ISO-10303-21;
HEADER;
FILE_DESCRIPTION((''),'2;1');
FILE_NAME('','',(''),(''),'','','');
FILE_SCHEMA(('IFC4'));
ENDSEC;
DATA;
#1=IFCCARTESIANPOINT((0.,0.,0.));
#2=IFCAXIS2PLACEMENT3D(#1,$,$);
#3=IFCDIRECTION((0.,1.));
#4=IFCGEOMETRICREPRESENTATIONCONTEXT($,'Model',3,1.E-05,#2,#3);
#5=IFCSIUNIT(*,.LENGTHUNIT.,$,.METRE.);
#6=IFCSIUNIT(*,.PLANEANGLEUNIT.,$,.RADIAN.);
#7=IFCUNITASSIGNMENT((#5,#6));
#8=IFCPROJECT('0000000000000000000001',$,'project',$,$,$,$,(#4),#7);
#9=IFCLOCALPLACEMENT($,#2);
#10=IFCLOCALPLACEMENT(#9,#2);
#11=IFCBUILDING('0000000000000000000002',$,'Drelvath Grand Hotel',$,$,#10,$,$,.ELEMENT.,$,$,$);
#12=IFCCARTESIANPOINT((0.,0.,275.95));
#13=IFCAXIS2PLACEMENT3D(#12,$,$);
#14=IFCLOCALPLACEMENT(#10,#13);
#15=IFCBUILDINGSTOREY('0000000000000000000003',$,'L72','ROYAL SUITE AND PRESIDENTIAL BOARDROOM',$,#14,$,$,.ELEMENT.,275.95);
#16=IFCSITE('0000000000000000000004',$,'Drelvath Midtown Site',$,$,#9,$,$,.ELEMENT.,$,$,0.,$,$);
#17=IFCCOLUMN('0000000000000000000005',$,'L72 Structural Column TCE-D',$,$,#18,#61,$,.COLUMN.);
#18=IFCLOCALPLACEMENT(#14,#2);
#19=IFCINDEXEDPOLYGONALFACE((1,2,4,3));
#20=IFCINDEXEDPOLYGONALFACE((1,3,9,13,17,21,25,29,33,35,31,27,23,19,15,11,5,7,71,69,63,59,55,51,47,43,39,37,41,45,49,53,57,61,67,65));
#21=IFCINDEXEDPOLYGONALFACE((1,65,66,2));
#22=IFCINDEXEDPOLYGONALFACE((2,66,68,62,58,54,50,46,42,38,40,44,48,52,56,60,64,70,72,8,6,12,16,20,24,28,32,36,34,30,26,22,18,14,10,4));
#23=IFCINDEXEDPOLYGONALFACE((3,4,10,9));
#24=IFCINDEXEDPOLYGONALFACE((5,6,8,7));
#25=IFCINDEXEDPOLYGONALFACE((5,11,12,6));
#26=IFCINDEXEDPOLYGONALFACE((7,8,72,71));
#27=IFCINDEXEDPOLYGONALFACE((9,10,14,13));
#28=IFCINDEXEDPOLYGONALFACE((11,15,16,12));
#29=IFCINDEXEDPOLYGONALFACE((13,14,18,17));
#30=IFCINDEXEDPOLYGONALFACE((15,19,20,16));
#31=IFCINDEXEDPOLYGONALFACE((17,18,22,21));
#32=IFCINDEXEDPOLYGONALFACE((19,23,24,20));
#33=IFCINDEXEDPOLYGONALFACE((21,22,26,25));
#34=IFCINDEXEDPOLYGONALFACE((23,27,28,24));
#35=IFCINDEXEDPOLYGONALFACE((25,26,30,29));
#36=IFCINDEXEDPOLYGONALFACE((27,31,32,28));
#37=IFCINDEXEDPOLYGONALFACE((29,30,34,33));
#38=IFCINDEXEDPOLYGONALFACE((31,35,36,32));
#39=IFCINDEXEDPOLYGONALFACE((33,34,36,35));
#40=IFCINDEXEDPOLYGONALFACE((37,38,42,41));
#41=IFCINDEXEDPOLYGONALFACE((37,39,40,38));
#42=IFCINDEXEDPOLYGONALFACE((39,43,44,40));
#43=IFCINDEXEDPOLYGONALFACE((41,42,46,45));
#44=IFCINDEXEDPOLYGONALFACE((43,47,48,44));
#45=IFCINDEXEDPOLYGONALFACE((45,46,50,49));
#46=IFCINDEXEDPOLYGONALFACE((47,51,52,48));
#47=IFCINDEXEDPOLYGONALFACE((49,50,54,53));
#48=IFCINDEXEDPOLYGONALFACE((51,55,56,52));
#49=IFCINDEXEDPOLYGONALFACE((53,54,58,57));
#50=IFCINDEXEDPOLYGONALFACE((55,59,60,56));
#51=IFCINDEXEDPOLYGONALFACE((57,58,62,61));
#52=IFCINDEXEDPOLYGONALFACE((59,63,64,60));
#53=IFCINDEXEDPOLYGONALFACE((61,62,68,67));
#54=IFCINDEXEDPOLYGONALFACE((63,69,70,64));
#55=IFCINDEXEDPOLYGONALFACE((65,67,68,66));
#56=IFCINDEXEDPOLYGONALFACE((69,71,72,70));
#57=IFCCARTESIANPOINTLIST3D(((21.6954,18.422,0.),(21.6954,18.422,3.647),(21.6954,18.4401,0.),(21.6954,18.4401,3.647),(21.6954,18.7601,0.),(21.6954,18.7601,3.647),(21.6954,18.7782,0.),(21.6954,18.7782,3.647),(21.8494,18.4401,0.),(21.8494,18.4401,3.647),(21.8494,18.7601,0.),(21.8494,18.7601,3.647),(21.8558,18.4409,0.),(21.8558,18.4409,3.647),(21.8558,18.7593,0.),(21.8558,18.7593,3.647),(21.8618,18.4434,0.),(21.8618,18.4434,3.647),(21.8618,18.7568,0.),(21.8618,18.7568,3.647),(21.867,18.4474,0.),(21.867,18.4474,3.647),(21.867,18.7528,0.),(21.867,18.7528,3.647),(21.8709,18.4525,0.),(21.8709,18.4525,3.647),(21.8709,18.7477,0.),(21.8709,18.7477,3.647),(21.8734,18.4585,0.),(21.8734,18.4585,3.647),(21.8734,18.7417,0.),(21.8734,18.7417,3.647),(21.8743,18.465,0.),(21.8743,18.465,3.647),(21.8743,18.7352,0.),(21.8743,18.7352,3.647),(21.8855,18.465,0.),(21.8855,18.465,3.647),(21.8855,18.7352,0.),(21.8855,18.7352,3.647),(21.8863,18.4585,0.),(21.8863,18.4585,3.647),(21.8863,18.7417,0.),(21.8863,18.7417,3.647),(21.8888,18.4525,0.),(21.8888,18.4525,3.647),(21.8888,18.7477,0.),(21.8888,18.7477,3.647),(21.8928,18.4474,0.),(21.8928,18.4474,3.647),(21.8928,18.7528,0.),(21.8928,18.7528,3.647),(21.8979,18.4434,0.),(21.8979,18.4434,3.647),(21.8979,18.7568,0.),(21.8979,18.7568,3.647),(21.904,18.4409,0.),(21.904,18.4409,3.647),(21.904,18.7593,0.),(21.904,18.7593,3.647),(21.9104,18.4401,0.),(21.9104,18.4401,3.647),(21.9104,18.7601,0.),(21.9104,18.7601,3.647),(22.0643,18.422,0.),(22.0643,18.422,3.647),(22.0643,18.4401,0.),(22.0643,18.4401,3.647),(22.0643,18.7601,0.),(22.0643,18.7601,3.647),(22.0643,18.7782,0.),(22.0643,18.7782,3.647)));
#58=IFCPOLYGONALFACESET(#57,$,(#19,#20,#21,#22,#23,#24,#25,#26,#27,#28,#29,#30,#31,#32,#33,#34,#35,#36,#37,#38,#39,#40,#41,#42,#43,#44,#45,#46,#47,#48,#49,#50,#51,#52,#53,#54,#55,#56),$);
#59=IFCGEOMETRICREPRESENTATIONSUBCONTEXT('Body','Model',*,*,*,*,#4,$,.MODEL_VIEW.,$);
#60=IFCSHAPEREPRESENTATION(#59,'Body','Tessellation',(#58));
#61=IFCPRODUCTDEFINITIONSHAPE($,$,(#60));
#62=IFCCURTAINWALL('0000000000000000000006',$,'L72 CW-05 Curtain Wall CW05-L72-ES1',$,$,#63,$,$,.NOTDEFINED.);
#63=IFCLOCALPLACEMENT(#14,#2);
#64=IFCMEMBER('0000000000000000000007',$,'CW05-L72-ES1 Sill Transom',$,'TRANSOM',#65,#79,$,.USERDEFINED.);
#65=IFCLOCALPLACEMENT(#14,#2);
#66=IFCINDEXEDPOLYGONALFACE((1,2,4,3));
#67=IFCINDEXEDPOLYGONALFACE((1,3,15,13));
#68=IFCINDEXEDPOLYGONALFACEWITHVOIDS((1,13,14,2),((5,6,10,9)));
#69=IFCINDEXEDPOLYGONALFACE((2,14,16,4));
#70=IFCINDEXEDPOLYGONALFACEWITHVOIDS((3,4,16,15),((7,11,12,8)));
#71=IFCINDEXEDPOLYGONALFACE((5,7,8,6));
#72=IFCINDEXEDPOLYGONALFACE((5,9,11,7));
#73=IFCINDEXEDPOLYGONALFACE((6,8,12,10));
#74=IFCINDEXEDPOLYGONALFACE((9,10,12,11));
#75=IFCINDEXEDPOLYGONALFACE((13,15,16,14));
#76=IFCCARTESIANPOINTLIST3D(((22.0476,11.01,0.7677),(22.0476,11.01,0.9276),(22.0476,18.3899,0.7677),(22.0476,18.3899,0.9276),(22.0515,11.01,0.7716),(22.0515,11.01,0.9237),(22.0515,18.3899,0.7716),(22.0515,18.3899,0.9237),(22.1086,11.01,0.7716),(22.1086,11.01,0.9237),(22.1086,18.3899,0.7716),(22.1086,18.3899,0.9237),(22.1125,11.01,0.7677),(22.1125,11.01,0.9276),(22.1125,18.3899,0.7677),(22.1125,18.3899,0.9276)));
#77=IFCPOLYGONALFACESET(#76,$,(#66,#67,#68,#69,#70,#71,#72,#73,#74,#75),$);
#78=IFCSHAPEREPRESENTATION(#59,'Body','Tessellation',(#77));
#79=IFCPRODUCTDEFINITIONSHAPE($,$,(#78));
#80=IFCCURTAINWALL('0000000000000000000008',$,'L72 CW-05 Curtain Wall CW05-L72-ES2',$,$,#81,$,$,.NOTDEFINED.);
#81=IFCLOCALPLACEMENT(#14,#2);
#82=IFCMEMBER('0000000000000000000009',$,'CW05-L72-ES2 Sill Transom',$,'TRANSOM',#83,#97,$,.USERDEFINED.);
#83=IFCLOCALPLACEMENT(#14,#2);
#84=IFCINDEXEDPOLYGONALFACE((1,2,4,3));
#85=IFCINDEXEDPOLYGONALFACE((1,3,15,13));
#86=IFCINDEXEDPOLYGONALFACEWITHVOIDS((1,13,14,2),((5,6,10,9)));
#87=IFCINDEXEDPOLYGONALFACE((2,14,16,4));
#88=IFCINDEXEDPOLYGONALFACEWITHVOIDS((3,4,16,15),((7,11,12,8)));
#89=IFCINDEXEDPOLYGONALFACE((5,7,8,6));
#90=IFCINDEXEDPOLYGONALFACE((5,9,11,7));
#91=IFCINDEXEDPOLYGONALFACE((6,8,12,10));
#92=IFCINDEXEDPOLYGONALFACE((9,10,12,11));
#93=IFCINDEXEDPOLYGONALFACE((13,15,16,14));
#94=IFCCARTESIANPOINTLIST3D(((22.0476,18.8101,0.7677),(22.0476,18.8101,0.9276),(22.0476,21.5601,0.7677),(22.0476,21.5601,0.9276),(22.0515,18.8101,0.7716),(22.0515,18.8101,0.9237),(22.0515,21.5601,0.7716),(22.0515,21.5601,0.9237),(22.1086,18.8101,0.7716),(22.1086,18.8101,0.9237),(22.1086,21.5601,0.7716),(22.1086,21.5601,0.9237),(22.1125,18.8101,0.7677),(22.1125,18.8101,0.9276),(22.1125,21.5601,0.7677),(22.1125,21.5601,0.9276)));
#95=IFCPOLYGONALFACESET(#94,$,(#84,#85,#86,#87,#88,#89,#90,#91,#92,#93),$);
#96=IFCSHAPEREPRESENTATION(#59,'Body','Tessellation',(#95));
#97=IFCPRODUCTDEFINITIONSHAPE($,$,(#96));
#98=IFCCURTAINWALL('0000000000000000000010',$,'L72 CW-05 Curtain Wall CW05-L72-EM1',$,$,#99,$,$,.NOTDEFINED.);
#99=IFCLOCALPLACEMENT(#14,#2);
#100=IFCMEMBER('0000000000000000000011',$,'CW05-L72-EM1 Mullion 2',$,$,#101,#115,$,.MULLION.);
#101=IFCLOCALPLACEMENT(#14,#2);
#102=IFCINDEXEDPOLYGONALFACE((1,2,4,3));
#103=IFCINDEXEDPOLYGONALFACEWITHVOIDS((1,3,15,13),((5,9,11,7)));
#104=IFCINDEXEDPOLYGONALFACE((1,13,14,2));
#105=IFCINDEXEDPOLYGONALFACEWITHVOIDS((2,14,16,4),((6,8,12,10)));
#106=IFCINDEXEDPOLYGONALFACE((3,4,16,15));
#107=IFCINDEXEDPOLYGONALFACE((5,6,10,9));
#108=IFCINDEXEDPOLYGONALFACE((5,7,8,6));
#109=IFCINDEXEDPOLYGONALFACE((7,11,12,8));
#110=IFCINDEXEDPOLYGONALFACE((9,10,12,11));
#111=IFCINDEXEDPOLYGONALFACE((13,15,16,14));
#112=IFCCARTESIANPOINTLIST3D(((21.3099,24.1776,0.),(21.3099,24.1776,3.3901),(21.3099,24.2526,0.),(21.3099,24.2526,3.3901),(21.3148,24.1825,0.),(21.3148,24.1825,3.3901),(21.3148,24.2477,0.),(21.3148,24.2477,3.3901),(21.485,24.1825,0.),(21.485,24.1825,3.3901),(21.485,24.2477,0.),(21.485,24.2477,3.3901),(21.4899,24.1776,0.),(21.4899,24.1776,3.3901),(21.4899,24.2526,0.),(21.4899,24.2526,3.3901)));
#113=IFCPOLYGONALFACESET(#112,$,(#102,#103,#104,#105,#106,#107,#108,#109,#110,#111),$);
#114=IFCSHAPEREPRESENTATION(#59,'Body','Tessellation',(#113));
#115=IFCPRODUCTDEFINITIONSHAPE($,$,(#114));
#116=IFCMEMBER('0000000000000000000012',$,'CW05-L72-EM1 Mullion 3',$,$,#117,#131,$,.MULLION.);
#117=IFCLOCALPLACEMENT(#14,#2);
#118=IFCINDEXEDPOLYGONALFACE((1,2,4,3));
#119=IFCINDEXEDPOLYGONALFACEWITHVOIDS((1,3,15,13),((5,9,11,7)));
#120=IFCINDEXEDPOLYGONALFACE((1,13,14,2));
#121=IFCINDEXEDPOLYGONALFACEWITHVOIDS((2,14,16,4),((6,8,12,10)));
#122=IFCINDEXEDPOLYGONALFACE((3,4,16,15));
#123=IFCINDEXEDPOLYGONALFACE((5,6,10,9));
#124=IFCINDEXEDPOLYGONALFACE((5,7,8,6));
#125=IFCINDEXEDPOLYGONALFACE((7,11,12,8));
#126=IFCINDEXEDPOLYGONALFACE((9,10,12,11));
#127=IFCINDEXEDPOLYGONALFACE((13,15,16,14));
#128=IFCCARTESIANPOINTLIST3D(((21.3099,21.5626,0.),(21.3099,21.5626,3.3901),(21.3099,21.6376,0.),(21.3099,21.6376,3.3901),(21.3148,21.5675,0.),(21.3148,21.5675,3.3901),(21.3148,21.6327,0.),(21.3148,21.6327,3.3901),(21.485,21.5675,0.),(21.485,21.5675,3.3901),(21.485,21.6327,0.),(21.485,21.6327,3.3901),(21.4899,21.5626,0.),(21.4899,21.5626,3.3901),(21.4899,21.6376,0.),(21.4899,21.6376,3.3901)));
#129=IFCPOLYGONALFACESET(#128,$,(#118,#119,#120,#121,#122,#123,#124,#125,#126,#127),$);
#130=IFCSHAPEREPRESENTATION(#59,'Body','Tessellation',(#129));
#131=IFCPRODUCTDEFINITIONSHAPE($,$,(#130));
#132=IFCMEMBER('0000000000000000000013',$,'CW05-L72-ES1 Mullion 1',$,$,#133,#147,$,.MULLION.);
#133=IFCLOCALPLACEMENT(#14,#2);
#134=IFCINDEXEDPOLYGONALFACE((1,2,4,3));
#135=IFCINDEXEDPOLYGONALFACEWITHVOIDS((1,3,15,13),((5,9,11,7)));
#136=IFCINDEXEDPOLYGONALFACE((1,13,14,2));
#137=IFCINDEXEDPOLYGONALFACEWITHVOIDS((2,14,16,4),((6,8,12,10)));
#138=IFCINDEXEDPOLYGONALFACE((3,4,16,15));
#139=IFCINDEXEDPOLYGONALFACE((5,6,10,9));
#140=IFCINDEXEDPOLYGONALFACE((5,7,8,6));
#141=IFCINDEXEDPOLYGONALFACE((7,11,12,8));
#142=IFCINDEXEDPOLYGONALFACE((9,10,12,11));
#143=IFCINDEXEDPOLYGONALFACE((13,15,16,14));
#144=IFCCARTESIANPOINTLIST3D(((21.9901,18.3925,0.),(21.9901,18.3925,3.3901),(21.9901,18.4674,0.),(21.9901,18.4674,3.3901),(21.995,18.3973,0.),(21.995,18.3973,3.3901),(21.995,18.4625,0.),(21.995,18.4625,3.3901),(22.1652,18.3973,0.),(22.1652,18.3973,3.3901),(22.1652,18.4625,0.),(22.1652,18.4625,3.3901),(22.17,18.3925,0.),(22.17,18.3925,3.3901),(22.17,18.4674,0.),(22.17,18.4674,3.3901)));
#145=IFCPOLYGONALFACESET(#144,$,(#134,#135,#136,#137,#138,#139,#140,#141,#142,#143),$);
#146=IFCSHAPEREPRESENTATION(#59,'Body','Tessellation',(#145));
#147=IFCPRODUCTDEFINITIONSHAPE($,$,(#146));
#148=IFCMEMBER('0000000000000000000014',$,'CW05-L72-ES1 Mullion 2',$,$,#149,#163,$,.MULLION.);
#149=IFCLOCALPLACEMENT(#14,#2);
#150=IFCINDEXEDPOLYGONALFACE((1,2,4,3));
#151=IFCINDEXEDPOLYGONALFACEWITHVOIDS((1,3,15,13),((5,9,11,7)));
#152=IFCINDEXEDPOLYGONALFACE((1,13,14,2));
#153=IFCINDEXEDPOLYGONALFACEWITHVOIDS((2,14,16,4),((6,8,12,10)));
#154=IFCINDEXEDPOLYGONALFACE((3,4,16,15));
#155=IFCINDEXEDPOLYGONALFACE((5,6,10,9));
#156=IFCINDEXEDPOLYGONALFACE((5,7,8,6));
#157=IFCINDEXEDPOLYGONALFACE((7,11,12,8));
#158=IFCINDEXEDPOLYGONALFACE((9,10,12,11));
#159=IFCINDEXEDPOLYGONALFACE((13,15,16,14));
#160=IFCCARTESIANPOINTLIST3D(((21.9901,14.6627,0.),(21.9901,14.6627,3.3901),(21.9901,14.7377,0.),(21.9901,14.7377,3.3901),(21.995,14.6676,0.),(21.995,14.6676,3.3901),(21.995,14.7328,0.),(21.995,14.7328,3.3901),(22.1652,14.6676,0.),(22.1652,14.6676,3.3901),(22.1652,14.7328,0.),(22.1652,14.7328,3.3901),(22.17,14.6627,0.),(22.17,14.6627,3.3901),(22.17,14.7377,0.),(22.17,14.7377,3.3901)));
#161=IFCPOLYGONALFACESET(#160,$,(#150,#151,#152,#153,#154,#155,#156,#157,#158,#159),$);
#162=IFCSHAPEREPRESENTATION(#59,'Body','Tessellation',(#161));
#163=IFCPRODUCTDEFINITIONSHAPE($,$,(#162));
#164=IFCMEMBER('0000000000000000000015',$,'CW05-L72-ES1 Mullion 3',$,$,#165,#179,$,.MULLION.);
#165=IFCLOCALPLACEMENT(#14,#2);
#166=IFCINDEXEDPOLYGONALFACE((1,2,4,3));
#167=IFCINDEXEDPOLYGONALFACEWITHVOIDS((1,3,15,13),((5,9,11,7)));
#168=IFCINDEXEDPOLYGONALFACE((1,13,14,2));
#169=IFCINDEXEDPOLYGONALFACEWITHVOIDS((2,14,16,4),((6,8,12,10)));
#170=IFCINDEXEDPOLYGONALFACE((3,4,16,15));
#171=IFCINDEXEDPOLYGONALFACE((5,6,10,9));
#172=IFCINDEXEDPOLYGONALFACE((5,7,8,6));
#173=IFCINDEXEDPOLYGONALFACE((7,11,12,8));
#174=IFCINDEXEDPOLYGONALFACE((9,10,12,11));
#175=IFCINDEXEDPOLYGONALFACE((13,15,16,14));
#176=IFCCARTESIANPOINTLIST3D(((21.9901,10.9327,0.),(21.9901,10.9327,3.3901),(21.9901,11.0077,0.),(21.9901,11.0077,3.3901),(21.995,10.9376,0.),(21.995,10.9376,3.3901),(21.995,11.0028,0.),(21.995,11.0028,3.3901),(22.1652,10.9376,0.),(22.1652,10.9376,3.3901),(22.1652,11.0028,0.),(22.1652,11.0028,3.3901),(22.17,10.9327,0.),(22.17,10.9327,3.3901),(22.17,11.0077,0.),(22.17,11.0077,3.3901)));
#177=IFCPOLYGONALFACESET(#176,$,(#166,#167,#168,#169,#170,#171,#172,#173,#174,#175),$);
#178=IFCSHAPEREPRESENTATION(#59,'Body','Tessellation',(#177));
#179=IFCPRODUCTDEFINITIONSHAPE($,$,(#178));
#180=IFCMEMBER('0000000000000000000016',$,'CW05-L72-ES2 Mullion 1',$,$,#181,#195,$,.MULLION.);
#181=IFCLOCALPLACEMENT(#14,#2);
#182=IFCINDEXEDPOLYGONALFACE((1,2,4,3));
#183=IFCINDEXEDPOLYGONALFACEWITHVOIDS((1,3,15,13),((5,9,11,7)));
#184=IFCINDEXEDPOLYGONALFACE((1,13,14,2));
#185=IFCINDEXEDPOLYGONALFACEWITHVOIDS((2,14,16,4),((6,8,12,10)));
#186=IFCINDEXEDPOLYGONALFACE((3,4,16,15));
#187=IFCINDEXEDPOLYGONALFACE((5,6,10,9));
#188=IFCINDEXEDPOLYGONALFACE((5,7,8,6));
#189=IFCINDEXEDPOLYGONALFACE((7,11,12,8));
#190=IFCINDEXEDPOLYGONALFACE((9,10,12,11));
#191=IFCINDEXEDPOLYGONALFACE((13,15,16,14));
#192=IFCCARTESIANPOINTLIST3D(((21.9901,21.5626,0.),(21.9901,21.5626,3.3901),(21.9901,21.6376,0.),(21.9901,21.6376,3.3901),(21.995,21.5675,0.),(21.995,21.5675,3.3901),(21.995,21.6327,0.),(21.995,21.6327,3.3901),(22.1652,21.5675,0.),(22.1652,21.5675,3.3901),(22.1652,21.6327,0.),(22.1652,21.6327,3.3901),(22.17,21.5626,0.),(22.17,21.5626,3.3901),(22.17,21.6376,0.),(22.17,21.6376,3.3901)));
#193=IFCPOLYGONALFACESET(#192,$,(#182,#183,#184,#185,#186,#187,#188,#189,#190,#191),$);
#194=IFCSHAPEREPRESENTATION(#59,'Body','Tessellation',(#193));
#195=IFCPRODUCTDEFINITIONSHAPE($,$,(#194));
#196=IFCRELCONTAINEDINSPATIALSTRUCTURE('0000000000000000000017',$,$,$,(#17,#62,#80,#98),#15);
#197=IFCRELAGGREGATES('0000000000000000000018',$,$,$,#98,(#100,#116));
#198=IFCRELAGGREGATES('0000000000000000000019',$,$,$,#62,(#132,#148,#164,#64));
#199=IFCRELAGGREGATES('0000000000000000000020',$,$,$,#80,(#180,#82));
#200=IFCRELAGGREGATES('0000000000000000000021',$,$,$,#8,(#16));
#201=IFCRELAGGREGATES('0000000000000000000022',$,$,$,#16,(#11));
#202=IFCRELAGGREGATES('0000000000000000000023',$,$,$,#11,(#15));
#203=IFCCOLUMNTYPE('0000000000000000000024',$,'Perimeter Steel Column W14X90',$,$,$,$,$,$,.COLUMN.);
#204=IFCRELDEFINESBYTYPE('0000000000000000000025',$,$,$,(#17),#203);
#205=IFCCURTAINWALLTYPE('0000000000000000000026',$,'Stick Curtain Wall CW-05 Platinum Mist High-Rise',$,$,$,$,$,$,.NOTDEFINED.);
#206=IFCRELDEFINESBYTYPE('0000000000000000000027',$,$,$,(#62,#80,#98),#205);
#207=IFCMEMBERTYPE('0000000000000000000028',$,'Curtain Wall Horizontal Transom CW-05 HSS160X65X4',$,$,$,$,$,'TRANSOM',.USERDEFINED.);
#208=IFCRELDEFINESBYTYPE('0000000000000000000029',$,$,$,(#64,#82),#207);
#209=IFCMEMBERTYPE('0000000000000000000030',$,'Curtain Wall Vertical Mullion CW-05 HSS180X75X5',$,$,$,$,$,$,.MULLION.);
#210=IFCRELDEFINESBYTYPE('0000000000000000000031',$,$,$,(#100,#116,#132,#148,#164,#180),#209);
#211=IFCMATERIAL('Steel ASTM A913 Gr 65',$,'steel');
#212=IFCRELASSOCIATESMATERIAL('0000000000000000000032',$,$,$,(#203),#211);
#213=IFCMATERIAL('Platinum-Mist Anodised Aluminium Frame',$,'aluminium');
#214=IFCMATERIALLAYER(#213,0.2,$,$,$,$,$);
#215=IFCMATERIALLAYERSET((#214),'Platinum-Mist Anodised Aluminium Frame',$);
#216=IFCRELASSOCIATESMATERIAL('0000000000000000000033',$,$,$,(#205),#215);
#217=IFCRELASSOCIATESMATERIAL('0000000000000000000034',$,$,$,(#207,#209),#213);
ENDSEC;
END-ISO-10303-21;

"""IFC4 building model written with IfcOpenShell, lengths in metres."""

from ifc_helpers import new_model, si_unit, direction, frame, origin, origin_2d, place, context, subcontext, project, spatial, hollow_rectangle, i_section, extrude, material, layer, layer_set, material_profile, profile_set, type_object, element, aggregate, save


model = new_model("IFC4")

# Units and contexts
model_context = context("Model", 3, precision=1e-05, world=origin(), true_north=direction((0.0, 1.0)))
body_context = subcontext(model_context, "Body", "Model", "MODEL_VIEW")
ifc_project = project(units=[si_unit("LENGTHUNIT", "METRE"), si_unit("PLANEANGLEUNIT", "RADIAN")], contexts=[model_context])

# Site, building, storey
site_placement = place(None, origin())
site = spatial("IfcSite", under=ifc_project, at=site_placement, Name="Drelvath Midtown Site", CompositionType="ELEMENT", RefElevation=0.0)
building_placement = place(site_placement, origin())
building = spatial("IfcBuilding", under=site, at=building_placement, Name="Drelvath Grand Hotel", CompositionType="ELEMENT")
storey_placement = place(building_placement, frame((0.0, 0.0, 275.95)))
storey = spatial("IfcBuildingStorey", under=building, at=storey_placement, Name="L72", Description="ROYAL SUITE AND PRESIDENTIAL BOARDROOM", CompositionType="ELEMENT", Elevation=275.95)

# Column
ifc_material_1 = material(Name="Steel ASTM A913 Gr 65", Category="steel")
ifc_material_profile_1 = material_profile(ifc_material_1, i_section(OverallWidth=0.3689, OverallDepth=0.3562, WebThickness=0.0112, FlangeThickness=0.0181, FilletRadius=0.0249, at=origin_2d()), Name="W14X90")
ifc_profile_set_1 = profile_set([ifc_material_profile_1], Name="Steel ASTM A913 Gr 65")
column_type = type_object("IfcColumnType", Name="Perimeter Steel Column W14X90", PredefinedType="COLUMN", material=ifc_profile_set_1)
column_placement = place(storey_placement, frame((21.8799, 18.6001, 0.0), z_axis=(0.0, 0.0, 1.0), x_axis=(1.0, 0.0, 0.0)))
element("IfcColumn", 1, at=column_placement, inside=storey, type_object=column_type, Name="L72 Structural Column TCE-D", PredefinedType="COLUMN", context=body_context, shape_type="SweptSolid", body=[
    extrude(i_section(OverallWidth=0.3689, OverallDepth=0.3562, WebThickness=0.0112, FlangeThickness=0.0181, FilletRadius=0.0249, at=origin_2d()), origin(), (0.0, 0.0, 1.0), 3.647),
])

# Curtain walls, members
ifc_material_2 = material(Name="Platinum-Mist Anodised Aluminium Frame", Category="aluminium")
ifc_layer_1 = layer(ifc_material_2, 0.2)
ifc_layer_set_1 = layer_set([ifc_layer_1], Name="Platinum-Mist Anodised Aluminium Frame")
curtain_wall_type = type_object("IfcCurtainWallType", Name="Stick Curtain Wall CW-05 Platinum Mist High-Rise", PredefinedType="NOTDEFINED", material=ifc_layer_set_1)
curtain_wall_1_placement = place(storey_placement, origin())
curtain_wall_1 = element("IfcCurtainWall", 2, at=curtain_wall_1_placement, inside=storey, type_object=curtain_wall_type, Name="L72 CW-05 Curtain Wall CW05-L72-ES1", PredefinedType="NOTDEFINED")
ifc_material_profile_2 = material_profile(ifc_material_2, hollow_rectangle(XDim=0.0649, YDim=0.1599, WallThickness=0.0039, at=origin_2d()), Name="HSS160X65X4")
ifc_profile_set_2 = profile_set([ifc_material_profile_2], Name="Platinum-Mist Anodised Aluminium Frame")
member_type_1 = type_object("IfcMemberType", Name="Curtain Wall Horizontal Transom CW-05 HSS160X65X4", ElementType="TRANSOM", PredefinedType="USERDEFINED", material=ifc_profile_set_2)
member_1_placement = place(storey_placement, frame((22.0801, 18.3899, 0.8477), z_axis=(0.0, -1.0, 0.0), x_axis=(1.0, 0.0, 0.0)))
member_1 = element("IfcMember", 3, at=member_1_placement, type_object=member_type_1, Name="CW05-L72-ES1 Sill Transom", ObjectType="TRANSOM", PredefinedType="USERDEFINED", context=body_context, shape_type="SweptSolid", body=[
    extrude(hollow_rectangle(XDim=0.0649, YDim=0.1599, WallThickness=0.0039, at=origin_2d()), origin(), (0.0, 0.0, 1.0), 7.3799),
])
curtain_wall_2_placement = place(storey_placement, origin())
curtain_wall_2 = element("IfcCurtainWall", 4, at=curtain_wall_2_placement, inside=storey, type_object=curtain_wall_type, Name="L72 CW-05 Curtain Wall CW05-L72-ES2", PredefinedType="NOTDEFINED")
member_2_placement = place(storey_placement, frame((22.0801, 21.5601, 0.8477), z_axis=(0.0, -1.0, 0.0), x_axis=(1.0, 0.0, 0.0)))
member_2 = element("IfcMember", 5, at=member_2_placement, type_object=member_type_1, Name="CW05-L72-ES2 Sill Transom", ObjectType="TRANSOM", PredefinedType="USERDEFINED", context=body_context, shape_type="SweptSolid", body=[
    extrude(hollow_rectangle(XDim=0.0649, YDim=0.1599, WallThickness=0.0039, at=origin_2d()), origin(), (0.0, 0.0, 1.0), 2.75),
])

# Curtain wall, members
curtain_wall_3_placement = place(storey_placement, origin())
curtain_wall_3 = element("IfcCurtainWall", 6, at=curtain_wall_3_placement, inside=storey, type_object=curtain_wall_type, Name="L72 CW-05 Curtain Wall CW05-L72-EM1", PredefinedType="NOTDEFINED")
ifc_material_profile_3 = material_profile(ifc_material_2, hollow_rectangle(XDim=0.075, YDim=0.1799, WallThickness=0.0049, at=origin_2d()), Name="HSS180X75X5")
ifc_profile_set_3 = profile_set([ifc_material_profile_3], Name="Platinum-Mist Anodised Aluminium Frame")
member_type_2 = type_object("IfcMemberType", Name="Curtain Wall Vertical Mullion CW-05 HSS180X75X5", PredefinedType="MULLION", material=ifc_profile_set_3)
member_3_placement = place(storey_placement, frame((21.3999, 24.2151, 0.0), z_axis=(0.0, 0.0, 1.0), x_axis=(0.0, 1.0, 0.0)))
member_3 = element("IfcMember", 7, at=member_3_placement, type_object=member_type_2, Name="CW05-L72-EM1 Mullion 2", PredefinedType="MULLION", context=body_context, shape_type="SweptSolid", body=[
    extrude(hollow_rectangle(XDim=0.075, YDim=0.1799, WallThickness=0.0049, at=origin_2d()), origin(), (0.0, 0.0, 1.0), 3.3901),
])
member_4_placement = place(storey_placement, frame((21.3999, 21.6001, 0.0), z_axis=(0.0, 0.0, 1.0), x_axis=(0.0, 1.0, 0.0)))
member_4 = element("IfcMember", 8, at=member_4_placement, type_object=member_type_2, Name="CW05-L72-EM1 Mullion 3", PredefinedType="MULLION", context=body_context, shape_type="SweptSolid", body=[
    extrude(hollow_rectangle(XDim=0.075, YDim=0.1799, WallThickness=0.0049, at=origin_2d()), origin(), (0.0, 0.0, 1.0), 3.3901),
])

# Members
member_5_placement = place(storey_placement, frame((22.0801, 18.4299, 0.0), z_axis=(0.0, 0.0, 1.0), x_axis=(0.0, 1.0, 0.0)))
member_5 = element("IfcMember", 9, at=member_5_placement, type_object=member_type_2, Name="CW05-L72-ES1 Mullion 1", PredefinedType="MULLION", context=body_context, shape_type="SweptSolid", body=[
    extrude(hollow_rectangle(XDim=0.075, YDim=0.1799, WallThickness=0.0049, at=origin_2d()), origin(), (0.0, 0.0, 1.0), 3.3901),
])
member_6_placement = place(storey_placement, frame((22.0801, 14.7002, 0.0), z_axis=(0.0, 0.0, 1.0), x_axis=(0.0, 1.0, 0.0)))
member_6 = element("IfcMember", 10, at=member_6_placement, type_object=member_type_2, Name="CW05-L72-ES1 Mullion 2", PredefinedType="MULLION", context=body_context, shape_type="SweptSolid", body=[
    extrude(hollow_rectangle(XDim=0.075, YDim=0.1799, WallThickness=0.0049, at=origin_2d()), origin(), (0.0, 0.0, 1.0), 3.3901),
])
member_7_placement = place(storey_placement, frame((22.0801, 10.9702, 0.0), z_axis=(0.0, 0.0, 1.0), x_axis=(0.0, 1.0, 0.0)))
member_7 = element("IfcMember", 11, at=member_7_placement, type_object=member_type_2, Name="CW05-L72-ES1 Mullion 3", PredefinedType="MULLION", context=body_context, shape_type="SweptSolid", body=[
    extrude(hollow_rectangle(XDim=0.075, YDim=0.1799, WallThickness=0.0049, at=origin_2d()), origin(), (0.0, 0.0, 1.0), 3.3901),
])
member_8_placement = place(storey_placement, frame((22.0801, 21.6001, 0.0), z_axis=(0.0, 0.0, 1.0), x_axis=(0.0, 1.0, 0.0)))
member_8 = element("IfcMember", 12, at=member_8_placement, type_object=member_type_2, Name="CW05-L72-ES2 Mullion 1", PredefinedType="MULLION", context=body_context, shape_type="SweptSolid", body=[
    extrude(hollow_rectangle(XDim=0.075, YDim=0.1799, WallThickness=0.0049, at=origin_2d()), origin(), (0.0, 0.0, 1.0), 3.3901),
])

aggregate(curtain_wall_3, [member_3, member_4])
aggregate(curtain_wall_1, [member_5, member_6, member_7, member_1])
aggregate(curtain_wall_2, [member_8, member_2])

save(model, "model.ifc")
